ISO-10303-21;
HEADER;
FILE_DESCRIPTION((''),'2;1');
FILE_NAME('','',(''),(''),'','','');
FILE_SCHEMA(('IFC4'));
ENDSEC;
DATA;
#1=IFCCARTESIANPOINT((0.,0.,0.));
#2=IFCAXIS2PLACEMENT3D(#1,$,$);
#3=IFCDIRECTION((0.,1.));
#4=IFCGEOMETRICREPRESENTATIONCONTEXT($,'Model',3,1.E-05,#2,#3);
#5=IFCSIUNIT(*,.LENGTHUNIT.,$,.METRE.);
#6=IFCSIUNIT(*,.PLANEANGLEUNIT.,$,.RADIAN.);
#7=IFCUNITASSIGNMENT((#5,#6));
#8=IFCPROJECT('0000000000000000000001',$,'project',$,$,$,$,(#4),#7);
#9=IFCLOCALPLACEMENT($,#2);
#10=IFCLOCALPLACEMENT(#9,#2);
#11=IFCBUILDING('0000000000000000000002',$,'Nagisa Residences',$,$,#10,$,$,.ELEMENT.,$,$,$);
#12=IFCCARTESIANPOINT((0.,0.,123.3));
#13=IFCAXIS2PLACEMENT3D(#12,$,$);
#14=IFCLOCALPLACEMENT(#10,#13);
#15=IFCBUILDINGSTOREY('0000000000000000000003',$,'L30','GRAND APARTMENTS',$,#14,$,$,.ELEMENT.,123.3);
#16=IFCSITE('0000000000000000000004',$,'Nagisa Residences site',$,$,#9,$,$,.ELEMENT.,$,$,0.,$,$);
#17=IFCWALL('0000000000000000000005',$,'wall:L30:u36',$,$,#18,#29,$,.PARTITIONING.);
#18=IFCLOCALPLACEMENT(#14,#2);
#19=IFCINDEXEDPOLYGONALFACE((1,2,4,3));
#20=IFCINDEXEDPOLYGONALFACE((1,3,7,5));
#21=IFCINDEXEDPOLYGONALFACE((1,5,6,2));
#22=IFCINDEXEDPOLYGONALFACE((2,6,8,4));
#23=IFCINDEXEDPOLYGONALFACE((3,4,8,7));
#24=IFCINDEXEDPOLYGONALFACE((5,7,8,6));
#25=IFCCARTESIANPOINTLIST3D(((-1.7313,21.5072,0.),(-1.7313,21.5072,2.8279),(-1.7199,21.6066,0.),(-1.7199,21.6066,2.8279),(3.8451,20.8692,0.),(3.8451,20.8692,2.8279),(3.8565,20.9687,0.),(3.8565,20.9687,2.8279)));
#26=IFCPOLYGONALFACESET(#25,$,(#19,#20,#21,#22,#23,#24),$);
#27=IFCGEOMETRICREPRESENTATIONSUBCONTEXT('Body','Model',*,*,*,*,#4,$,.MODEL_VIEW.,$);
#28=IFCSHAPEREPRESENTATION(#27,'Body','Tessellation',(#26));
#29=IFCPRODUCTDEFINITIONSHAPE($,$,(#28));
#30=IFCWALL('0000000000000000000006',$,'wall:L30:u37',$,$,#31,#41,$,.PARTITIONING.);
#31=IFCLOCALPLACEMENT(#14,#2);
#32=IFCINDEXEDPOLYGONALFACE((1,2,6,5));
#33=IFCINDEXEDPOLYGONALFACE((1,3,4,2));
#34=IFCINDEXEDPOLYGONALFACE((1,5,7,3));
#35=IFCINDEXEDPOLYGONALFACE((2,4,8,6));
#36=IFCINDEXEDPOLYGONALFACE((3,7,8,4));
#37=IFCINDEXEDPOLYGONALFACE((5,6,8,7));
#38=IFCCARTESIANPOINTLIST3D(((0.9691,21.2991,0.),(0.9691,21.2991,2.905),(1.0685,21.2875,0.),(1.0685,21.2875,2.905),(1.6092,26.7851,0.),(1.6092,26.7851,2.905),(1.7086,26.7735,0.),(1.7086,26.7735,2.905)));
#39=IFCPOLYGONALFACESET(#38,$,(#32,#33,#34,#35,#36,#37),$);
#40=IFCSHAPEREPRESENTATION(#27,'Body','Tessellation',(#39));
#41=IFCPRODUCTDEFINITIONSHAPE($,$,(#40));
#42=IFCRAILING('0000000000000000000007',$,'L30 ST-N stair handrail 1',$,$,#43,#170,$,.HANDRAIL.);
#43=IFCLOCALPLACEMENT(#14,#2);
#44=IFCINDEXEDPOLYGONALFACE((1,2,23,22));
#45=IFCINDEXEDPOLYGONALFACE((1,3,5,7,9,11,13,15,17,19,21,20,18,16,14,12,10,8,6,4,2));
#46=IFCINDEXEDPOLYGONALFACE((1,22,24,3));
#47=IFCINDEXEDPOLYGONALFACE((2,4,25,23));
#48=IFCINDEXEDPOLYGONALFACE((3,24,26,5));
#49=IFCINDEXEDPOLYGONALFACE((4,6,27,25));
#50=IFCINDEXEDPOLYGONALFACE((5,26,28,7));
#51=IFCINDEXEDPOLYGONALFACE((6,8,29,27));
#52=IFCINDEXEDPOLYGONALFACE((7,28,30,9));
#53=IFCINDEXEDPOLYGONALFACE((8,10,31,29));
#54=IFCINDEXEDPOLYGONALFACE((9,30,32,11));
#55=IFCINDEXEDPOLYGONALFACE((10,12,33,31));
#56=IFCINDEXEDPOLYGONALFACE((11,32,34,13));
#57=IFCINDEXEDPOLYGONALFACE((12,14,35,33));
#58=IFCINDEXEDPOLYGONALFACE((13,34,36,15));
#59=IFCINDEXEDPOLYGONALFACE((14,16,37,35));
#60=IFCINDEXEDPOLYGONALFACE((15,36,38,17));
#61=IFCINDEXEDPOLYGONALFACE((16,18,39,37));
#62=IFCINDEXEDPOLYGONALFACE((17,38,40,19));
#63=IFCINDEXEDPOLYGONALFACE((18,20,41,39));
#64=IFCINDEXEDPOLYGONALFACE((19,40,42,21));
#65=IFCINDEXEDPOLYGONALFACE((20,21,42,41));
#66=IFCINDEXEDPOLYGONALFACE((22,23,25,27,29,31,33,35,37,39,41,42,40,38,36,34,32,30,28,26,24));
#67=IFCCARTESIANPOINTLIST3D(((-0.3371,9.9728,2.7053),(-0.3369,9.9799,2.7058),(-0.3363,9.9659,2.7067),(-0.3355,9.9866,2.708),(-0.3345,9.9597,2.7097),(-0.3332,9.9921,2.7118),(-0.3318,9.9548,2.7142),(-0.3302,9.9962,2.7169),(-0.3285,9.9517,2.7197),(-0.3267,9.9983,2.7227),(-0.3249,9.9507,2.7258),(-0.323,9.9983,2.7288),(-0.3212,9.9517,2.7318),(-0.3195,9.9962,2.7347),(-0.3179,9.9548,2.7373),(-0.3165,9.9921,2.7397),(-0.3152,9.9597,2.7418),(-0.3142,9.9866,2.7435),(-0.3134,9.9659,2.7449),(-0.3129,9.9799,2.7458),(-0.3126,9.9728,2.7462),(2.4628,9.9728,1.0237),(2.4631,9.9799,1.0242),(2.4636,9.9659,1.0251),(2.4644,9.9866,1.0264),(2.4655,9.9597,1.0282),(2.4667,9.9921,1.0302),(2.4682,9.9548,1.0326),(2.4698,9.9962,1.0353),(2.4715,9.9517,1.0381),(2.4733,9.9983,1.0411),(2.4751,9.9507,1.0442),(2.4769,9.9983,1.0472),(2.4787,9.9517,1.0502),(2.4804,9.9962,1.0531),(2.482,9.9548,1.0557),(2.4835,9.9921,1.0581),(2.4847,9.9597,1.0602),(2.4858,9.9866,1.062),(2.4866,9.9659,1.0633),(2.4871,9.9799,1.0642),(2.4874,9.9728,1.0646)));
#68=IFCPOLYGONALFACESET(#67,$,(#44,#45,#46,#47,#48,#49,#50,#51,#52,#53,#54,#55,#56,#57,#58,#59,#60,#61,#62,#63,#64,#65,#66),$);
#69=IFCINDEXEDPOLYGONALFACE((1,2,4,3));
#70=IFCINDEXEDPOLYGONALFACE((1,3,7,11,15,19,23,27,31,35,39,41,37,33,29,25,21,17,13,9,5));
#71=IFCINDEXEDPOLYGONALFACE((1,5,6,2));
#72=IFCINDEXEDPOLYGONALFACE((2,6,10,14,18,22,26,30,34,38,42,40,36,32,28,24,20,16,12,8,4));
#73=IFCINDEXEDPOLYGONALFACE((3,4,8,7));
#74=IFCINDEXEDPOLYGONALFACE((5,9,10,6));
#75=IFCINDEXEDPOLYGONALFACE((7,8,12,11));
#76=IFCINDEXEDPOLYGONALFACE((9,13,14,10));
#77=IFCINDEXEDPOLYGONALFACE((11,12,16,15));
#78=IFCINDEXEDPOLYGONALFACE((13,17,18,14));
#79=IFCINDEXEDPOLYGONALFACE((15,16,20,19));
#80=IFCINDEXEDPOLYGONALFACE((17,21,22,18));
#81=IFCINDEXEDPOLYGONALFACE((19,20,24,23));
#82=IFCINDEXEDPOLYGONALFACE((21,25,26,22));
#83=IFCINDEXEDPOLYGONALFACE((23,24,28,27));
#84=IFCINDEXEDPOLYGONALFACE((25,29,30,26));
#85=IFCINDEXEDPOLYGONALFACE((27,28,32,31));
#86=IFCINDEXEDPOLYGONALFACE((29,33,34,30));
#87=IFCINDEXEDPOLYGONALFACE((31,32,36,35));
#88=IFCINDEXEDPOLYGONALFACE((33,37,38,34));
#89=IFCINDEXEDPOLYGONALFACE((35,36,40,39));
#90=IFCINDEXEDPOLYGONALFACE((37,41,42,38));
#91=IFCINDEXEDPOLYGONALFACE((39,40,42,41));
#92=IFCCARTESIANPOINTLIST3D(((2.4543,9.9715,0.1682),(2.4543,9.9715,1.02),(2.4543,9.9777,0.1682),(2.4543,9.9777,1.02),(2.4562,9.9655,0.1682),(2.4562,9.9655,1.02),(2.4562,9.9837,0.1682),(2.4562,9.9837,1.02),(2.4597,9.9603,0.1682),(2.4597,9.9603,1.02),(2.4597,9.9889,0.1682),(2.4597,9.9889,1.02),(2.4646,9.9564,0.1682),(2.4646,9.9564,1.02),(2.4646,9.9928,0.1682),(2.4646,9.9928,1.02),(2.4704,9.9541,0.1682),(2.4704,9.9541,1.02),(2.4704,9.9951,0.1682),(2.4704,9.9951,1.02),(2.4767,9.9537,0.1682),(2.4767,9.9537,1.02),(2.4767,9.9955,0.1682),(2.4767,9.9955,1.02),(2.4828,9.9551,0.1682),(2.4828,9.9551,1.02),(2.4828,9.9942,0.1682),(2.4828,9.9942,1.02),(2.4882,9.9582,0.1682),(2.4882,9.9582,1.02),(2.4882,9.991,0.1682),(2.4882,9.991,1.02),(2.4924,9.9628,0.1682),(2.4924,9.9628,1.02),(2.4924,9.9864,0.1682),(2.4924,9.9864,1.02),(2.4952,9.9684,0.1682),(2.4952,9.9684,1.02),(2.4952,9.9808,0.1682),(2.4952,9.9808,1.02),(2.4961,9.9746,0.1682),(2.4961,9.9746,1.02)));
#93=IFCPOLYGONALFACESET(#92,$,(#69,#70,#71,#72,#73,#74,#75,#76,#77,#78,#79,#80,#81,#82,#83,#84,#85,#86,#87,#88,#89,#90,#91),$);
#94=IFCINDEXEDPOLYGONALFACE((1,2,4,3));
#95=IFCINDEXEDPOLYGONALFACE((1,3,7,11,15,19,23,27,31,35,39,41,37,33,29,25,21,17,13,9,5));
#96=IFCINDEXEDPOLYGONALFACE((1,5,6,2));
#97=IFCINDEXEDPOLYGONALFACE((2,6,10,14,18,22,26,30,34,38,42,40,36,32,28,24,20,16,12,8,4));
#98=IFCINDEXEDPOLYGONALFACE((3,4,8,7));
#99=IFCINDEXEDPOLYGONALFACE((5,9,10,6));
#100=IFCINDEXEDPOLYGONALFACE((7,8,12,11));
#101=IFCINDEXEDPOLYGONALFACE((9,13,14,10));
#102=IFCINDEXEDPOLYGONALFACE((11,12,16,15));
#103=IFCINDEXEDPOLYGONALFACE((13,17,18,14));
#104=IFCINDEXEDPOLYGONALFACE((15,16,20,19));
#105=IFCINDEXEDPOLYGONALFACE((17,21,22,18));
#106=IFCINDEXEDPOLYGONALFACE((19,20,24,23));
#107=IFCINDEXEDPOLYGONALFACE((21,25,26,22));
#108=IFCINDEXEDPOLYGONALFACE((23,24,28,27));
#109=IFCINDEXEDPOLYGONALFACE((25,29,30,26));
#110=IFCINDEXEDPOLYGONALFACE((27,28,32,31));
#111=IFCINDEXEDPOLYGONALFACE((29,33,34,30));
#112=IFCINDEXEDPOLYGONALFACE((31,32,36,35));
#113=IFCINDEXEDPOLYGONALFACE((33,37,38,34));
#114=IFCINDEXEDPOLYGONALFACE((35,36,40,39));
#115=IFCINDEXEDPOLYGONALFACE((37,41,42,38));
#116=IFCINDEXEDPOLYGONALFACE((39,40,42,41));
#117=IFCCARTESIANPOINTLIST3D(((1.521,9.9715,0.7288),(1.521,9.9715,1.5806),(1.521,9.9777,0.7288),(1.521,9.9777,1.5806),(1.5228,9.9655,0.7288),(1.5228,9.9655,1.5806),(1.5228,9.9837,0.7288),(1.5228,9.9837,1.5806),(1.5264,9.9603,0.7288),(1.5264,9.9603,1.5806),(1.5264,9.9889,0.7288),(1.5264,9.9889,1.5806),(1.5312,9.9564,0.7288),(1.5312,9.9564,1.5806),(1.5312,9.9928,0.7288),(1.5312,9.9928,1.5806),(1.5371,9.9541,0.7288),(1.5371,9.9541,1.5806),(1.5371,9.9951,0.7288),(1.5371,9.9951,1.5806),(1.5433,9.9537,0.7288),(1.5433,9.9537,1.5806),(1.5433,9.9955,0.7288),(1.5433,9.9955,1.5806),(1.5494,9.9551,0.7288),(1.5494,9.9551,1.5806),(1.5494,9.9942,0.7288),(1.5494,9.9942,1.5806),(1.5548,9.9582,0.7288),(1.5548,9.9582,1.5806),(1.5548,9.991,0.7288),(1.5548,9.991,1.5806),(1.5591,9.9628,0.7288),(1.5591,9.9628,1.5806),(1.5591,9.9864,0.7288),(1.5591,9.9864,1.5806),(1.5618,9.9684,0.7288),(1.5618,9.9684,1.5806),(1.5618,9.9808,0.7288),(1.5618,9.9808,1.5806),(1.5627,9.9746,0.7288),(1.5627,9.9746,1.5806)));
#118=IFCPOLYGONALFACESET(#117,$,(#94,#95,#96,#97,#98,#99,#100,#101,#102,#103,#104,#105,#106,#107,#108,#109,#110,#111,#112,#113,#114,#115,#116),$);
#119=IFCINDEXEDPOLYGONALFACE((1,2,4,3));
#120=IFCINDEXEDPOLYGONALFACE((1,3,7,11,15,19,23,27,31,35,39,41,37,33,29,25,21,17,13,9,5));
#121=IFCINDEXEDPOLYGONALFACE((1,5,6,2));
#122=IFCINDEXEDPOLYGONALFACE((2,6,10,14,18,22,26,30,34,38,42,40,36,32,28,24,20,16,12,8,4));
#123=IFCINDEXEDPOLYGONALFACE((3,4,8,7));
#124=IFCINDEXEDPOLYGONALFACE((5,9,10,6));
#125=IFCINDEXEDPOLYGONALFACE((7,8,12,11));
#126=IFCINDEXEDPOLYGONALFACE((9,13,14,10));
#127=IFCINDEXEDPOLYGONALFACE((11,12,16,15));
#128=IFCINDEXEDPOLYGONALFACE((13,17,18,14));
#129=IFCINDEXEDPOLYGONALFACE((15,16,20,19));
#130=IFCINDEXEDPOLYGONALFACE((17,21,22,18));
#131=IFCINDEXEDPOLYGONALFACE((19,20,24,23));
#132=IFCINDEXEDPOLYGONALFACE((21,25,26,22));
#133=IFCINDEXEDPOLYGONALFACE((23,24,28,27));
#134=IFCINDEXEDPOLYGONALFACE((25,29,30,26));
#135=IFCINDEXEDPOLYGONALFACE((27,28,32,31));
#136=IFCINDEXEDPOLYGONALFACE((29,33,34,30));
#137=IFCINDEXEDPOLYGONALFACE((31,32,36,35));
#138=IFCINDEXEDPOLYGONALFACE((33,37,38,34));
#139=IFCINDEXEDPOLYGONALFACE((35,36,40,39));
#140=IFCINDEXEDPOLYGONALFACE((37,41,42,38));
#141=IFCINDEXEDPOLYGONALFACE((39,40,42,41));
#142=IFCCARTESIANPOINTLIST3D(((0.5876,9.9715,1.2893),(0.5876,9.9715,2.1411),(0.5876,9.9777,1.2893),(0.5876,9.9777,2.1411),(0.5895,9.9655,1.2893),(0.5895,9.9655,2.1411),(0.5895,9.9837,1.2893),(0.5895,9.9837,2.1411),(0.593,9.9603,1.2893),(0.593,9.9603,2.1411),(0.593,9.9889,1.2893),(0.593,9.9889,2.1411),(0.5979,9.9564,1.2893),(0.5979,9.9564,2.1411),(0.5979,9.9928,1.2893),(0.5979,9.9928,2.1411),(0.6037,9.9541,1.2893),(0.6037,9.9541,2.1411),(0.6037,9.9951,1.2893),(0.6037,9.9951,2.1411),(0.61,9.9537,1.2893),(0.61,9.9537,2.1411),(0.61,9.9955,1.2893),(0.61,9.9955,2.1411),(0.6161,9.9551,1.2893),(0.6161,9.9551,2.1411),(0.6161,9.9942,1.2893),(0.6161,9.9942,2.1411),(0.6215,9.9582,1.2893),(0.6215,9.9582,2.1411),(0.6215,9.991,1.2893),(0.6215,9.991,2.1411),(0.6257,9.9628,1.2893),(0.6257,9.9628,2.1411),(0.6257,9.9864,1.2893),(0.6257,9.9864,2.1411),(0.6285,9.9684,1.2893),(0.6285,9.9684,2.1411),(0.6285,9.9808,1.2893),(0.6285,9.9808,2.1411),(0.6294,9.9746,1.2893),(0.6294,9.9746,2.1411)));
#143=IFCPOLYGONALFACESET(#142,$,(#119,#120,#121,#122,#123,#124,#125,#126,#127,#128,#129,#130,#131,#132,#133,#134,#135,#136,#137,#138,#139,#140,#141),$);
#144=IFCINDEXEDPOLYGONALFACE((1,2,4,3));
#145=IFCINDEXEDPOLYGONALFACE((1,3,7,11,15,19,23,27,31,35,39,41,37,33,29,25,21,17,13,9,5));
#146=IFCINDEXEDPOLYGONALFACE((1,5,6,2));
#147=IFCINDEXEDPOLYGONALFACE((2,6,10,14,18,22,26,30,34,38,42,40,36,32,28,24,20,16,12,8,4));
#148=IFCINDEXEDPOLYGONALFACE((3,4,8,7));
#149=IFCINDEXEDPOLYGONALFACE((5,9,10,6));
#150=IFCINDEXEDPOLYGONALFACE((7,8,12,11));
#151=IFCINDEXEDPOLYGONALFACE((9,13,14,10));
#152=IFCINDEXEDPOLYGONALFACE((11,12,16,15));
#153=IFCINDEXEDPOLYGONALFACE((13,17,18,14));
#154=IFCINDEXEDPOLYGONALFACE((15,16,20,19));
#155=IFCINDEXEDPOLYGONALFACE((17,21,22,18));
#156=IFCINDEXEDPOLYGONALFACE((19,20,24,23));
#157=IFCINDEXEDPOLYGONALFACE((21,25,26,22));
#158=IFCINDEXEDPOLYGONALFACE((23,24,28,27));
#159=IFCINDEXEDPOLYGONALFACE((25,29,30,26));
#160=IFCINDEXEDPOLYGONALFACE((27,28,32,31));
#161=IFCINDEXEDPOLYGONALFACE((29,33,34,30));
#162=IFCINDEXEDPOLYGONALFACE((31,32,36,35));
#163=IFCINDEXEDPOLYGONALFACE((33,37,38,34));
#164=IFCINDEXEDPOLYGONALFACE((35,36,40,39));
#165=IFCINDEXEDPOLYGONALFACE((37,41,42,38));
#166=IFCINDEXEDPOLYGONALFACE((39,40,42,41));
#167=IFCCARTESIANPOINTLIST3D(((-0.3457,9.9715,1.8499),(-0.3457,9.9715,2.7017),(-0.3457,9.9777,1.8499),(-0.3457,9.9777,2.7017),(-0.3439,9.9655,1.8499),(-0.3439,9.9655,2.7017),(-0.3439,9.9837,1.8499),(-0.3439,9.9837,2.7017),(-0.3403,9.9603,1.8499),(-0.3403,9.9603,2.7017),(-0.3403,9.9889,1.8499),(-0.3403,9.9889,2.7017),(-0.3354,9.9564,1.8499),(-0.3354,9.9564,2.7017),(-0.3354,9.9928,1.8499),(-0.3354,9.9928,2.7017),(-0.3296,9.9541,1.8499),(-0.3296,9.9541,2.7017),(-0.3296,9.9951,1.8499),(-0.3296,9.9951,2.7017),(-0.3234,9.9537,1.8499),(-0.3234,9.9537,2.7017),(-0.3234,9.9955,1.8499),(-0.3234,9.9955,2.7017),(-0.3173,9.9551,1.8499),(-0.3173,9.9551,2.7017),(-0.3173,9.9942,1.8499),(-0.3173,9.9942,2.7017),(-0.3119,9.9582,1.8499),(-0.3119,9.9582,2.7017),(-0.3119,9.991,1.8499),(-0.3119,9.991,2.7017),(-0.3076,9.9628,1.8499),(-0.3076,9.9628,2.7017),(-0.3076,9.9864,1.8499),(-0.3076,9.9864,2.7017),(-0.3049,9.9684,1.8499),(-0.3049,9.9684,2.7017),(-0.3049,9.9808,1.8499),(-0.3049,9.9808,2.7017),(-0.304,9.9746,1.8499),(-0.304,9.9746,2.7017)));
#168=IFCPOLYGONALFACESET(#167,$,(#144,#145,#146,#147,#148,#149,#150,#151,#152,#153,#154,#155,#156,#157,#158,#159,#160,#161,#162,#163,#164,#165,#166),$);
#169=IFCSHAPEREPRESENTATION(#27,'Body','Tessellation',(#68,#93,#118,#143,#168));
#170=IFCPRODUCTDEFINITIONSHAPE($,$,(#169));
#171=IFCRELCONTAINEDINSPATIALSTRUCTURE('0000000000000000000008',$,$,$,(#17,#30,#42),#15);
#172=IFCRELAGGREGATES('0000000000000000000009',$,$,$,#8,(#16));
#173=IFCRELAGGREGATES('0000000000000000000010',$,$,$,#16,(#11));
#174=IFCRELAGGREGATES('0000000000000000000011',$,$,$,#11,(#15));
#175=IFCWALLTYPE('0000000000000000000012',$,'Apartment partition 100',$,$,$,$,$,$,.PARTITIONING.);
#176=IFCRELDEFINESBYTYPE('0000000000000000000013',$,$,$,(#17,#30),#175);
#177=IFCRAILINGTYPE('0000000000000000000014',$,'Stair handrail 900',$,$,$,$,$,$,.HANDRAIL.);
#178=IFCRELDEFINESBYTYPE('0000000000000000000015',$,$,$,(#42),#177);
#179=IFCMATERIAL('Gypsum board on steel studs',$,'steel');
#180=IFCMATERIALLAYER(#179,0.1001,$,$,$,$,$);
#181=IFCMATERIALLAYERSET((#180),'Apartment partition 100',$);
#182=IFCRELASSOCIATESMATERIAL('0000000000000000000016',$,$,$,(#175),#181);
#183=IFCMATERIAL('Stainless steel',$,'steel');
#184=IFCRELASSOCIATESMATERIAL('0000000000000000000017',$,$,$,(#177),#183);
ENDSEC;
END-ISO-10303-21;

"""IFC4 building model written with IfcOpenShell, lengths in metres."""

from ifc_helpers import new_model, si_unit, direction, frame, frame_2d, origin, origin_2d, place, context, subcontext, project, spatial, rectangle, circle, extrude, material, layer, layer_set, type_object, element, save


model = new_model("IFC4")

# Units and contexts
model_context = context("Model", 3, precision=1e-05, world=origin(), true_north=direction((0.0, 1.0)))
body_context = subcontext(model_context, "Body", "Model", "MODEL_VIEW")
ifc_project = project(units=[si_unit("LENGTHUNIT", "METRE"), si_unit("PLANEANGLEUNIT", "RADIAN")], contexts=[model_context])

# Site, building, storey
site_placement = place(None, origin())
site = spatial("IfcSite", under=ifc_project, at=site_placement, Name="Nagisa Residences site", CompositionType="ELEMENT", RefElevation=0.0)
building_placement = place(site_placement, origin())
building = spatial("IfcBuilding", under=site, at=building_placement, Name="Nagisa Residences", CompositionType="ELEMENT")
storey_placement = place(building_placement, frame((0.0, 0.0, 123.3)))
storey = spatial("IfcBuildingStorey", under=building, at=storey_placement, Name="L30", Description="GRAND APARTMENTS", CompositionType="ELEMENT", Elevation=123.3)

# Shared definitions
ifc_material_1 = material(Name="Gypsum board on steel studs", Category="steel")
ifc_layer_1 = layer(ifc_material_1, 0.1001)
ifc_layer_set_1 = layer_set([ifc_layer_1], Name="Apartment partition 100")
wall_type_1 = type_object("IfcWallType", Name="Apartment partition 100", PredefinedType="PARTITIONING", material=ifc_layer_set_1)

# Walls
wall_1_placement = place(storey_placement, frame((3.8508, 20.9189, 0.0), z_axis=(0.0, 0.0, 1.0), x_axis=(-0.99352, 0.113658, 0.0)))
element("IfcWall", 1, at=wall_1_placement, inside=storey, type_object=wall_type_1, Name="wall:L30:u36", PredefinedType="PARTITIONING", context=body_context, shape_type="SweptSolid", body=[
    extrude(rectangle(XDim=5.6128, YDim=0.1001, at=frame_2d((2.8064, 0.0))), origin(), (0.0, 0.0, 1.0), 2.8279),
])
wall_2_placement = place(storey_placement, frame((1.0188, 21.2932, 0.0), z_axis=(0.0, 0.0, 1.0), x_axis=(0.115897, 0.993261, 0.0)))
element("IfcWall", 2, at=wall_2_placement, inside=storey, type_object=wall_type_1, Name="wall:L30:u37", PredefinedType="PARTITIONING", context=body_context, shape_type="SweptSolid", body=[
    extrude(rectangle(XDim=5.5232, YDim=0.1001, at=frame_2d((2.7617, 0.0))), origin(), (0.0, 0.0, 1.0), 2.905),
])

# Railing
ifc_material_2 = material(Name="Stainless steel", Category="steel")
railing_type = type_object("IfcRailingType", Name="Stair handrail 900", PredefinedType="HANDRAIL", material=ifc_material_2)
railing_placement = place(storey_placement, frame((2.4751, 9.9746, 0.1682)))
element("IfcRailing", 3, at=railing_placement, inside=storey, type_object=railing_type, Name="L30 ST-N stair handrail 1", PredefinedType="HANDRAIL", context=body_context, shape_type="SweptSolid", body=[
    extrude(circle(Radius=0.0239, at=origin_2d()), frame((0.0, 0.0, 0.876), z_axis=(-0.857275, 0.0, 0.514858), x_axis=(0.0, -1.0, 0.0)), (0.0, 0.0, 1.0), 3.2661),
    extrude(circle(Radius=0.021, at=origin_2d()), origin(), (0.0, 0.0, 1.0), 0.8518),
    extrude(circle(Radius=0.021, at=origin_2d()), frame((-0.9333, 0.0, 0.5605)), (0.0, 0.0, 1.0), 0.8518),
    extrude(circle(Radius=0.021, at=origin_2d()), frame((-1.8667, 0.0, 1.1211)), (0.0, 0.0, 1.0), 0.8518),
    extrude(circle(Radius=0.021, at=origin_2d()), frame((-2.8, 0.0, 1.6816)), (0.0, 0.0, 1.0), 0.8518),
])

save(model, "model.ifc")
